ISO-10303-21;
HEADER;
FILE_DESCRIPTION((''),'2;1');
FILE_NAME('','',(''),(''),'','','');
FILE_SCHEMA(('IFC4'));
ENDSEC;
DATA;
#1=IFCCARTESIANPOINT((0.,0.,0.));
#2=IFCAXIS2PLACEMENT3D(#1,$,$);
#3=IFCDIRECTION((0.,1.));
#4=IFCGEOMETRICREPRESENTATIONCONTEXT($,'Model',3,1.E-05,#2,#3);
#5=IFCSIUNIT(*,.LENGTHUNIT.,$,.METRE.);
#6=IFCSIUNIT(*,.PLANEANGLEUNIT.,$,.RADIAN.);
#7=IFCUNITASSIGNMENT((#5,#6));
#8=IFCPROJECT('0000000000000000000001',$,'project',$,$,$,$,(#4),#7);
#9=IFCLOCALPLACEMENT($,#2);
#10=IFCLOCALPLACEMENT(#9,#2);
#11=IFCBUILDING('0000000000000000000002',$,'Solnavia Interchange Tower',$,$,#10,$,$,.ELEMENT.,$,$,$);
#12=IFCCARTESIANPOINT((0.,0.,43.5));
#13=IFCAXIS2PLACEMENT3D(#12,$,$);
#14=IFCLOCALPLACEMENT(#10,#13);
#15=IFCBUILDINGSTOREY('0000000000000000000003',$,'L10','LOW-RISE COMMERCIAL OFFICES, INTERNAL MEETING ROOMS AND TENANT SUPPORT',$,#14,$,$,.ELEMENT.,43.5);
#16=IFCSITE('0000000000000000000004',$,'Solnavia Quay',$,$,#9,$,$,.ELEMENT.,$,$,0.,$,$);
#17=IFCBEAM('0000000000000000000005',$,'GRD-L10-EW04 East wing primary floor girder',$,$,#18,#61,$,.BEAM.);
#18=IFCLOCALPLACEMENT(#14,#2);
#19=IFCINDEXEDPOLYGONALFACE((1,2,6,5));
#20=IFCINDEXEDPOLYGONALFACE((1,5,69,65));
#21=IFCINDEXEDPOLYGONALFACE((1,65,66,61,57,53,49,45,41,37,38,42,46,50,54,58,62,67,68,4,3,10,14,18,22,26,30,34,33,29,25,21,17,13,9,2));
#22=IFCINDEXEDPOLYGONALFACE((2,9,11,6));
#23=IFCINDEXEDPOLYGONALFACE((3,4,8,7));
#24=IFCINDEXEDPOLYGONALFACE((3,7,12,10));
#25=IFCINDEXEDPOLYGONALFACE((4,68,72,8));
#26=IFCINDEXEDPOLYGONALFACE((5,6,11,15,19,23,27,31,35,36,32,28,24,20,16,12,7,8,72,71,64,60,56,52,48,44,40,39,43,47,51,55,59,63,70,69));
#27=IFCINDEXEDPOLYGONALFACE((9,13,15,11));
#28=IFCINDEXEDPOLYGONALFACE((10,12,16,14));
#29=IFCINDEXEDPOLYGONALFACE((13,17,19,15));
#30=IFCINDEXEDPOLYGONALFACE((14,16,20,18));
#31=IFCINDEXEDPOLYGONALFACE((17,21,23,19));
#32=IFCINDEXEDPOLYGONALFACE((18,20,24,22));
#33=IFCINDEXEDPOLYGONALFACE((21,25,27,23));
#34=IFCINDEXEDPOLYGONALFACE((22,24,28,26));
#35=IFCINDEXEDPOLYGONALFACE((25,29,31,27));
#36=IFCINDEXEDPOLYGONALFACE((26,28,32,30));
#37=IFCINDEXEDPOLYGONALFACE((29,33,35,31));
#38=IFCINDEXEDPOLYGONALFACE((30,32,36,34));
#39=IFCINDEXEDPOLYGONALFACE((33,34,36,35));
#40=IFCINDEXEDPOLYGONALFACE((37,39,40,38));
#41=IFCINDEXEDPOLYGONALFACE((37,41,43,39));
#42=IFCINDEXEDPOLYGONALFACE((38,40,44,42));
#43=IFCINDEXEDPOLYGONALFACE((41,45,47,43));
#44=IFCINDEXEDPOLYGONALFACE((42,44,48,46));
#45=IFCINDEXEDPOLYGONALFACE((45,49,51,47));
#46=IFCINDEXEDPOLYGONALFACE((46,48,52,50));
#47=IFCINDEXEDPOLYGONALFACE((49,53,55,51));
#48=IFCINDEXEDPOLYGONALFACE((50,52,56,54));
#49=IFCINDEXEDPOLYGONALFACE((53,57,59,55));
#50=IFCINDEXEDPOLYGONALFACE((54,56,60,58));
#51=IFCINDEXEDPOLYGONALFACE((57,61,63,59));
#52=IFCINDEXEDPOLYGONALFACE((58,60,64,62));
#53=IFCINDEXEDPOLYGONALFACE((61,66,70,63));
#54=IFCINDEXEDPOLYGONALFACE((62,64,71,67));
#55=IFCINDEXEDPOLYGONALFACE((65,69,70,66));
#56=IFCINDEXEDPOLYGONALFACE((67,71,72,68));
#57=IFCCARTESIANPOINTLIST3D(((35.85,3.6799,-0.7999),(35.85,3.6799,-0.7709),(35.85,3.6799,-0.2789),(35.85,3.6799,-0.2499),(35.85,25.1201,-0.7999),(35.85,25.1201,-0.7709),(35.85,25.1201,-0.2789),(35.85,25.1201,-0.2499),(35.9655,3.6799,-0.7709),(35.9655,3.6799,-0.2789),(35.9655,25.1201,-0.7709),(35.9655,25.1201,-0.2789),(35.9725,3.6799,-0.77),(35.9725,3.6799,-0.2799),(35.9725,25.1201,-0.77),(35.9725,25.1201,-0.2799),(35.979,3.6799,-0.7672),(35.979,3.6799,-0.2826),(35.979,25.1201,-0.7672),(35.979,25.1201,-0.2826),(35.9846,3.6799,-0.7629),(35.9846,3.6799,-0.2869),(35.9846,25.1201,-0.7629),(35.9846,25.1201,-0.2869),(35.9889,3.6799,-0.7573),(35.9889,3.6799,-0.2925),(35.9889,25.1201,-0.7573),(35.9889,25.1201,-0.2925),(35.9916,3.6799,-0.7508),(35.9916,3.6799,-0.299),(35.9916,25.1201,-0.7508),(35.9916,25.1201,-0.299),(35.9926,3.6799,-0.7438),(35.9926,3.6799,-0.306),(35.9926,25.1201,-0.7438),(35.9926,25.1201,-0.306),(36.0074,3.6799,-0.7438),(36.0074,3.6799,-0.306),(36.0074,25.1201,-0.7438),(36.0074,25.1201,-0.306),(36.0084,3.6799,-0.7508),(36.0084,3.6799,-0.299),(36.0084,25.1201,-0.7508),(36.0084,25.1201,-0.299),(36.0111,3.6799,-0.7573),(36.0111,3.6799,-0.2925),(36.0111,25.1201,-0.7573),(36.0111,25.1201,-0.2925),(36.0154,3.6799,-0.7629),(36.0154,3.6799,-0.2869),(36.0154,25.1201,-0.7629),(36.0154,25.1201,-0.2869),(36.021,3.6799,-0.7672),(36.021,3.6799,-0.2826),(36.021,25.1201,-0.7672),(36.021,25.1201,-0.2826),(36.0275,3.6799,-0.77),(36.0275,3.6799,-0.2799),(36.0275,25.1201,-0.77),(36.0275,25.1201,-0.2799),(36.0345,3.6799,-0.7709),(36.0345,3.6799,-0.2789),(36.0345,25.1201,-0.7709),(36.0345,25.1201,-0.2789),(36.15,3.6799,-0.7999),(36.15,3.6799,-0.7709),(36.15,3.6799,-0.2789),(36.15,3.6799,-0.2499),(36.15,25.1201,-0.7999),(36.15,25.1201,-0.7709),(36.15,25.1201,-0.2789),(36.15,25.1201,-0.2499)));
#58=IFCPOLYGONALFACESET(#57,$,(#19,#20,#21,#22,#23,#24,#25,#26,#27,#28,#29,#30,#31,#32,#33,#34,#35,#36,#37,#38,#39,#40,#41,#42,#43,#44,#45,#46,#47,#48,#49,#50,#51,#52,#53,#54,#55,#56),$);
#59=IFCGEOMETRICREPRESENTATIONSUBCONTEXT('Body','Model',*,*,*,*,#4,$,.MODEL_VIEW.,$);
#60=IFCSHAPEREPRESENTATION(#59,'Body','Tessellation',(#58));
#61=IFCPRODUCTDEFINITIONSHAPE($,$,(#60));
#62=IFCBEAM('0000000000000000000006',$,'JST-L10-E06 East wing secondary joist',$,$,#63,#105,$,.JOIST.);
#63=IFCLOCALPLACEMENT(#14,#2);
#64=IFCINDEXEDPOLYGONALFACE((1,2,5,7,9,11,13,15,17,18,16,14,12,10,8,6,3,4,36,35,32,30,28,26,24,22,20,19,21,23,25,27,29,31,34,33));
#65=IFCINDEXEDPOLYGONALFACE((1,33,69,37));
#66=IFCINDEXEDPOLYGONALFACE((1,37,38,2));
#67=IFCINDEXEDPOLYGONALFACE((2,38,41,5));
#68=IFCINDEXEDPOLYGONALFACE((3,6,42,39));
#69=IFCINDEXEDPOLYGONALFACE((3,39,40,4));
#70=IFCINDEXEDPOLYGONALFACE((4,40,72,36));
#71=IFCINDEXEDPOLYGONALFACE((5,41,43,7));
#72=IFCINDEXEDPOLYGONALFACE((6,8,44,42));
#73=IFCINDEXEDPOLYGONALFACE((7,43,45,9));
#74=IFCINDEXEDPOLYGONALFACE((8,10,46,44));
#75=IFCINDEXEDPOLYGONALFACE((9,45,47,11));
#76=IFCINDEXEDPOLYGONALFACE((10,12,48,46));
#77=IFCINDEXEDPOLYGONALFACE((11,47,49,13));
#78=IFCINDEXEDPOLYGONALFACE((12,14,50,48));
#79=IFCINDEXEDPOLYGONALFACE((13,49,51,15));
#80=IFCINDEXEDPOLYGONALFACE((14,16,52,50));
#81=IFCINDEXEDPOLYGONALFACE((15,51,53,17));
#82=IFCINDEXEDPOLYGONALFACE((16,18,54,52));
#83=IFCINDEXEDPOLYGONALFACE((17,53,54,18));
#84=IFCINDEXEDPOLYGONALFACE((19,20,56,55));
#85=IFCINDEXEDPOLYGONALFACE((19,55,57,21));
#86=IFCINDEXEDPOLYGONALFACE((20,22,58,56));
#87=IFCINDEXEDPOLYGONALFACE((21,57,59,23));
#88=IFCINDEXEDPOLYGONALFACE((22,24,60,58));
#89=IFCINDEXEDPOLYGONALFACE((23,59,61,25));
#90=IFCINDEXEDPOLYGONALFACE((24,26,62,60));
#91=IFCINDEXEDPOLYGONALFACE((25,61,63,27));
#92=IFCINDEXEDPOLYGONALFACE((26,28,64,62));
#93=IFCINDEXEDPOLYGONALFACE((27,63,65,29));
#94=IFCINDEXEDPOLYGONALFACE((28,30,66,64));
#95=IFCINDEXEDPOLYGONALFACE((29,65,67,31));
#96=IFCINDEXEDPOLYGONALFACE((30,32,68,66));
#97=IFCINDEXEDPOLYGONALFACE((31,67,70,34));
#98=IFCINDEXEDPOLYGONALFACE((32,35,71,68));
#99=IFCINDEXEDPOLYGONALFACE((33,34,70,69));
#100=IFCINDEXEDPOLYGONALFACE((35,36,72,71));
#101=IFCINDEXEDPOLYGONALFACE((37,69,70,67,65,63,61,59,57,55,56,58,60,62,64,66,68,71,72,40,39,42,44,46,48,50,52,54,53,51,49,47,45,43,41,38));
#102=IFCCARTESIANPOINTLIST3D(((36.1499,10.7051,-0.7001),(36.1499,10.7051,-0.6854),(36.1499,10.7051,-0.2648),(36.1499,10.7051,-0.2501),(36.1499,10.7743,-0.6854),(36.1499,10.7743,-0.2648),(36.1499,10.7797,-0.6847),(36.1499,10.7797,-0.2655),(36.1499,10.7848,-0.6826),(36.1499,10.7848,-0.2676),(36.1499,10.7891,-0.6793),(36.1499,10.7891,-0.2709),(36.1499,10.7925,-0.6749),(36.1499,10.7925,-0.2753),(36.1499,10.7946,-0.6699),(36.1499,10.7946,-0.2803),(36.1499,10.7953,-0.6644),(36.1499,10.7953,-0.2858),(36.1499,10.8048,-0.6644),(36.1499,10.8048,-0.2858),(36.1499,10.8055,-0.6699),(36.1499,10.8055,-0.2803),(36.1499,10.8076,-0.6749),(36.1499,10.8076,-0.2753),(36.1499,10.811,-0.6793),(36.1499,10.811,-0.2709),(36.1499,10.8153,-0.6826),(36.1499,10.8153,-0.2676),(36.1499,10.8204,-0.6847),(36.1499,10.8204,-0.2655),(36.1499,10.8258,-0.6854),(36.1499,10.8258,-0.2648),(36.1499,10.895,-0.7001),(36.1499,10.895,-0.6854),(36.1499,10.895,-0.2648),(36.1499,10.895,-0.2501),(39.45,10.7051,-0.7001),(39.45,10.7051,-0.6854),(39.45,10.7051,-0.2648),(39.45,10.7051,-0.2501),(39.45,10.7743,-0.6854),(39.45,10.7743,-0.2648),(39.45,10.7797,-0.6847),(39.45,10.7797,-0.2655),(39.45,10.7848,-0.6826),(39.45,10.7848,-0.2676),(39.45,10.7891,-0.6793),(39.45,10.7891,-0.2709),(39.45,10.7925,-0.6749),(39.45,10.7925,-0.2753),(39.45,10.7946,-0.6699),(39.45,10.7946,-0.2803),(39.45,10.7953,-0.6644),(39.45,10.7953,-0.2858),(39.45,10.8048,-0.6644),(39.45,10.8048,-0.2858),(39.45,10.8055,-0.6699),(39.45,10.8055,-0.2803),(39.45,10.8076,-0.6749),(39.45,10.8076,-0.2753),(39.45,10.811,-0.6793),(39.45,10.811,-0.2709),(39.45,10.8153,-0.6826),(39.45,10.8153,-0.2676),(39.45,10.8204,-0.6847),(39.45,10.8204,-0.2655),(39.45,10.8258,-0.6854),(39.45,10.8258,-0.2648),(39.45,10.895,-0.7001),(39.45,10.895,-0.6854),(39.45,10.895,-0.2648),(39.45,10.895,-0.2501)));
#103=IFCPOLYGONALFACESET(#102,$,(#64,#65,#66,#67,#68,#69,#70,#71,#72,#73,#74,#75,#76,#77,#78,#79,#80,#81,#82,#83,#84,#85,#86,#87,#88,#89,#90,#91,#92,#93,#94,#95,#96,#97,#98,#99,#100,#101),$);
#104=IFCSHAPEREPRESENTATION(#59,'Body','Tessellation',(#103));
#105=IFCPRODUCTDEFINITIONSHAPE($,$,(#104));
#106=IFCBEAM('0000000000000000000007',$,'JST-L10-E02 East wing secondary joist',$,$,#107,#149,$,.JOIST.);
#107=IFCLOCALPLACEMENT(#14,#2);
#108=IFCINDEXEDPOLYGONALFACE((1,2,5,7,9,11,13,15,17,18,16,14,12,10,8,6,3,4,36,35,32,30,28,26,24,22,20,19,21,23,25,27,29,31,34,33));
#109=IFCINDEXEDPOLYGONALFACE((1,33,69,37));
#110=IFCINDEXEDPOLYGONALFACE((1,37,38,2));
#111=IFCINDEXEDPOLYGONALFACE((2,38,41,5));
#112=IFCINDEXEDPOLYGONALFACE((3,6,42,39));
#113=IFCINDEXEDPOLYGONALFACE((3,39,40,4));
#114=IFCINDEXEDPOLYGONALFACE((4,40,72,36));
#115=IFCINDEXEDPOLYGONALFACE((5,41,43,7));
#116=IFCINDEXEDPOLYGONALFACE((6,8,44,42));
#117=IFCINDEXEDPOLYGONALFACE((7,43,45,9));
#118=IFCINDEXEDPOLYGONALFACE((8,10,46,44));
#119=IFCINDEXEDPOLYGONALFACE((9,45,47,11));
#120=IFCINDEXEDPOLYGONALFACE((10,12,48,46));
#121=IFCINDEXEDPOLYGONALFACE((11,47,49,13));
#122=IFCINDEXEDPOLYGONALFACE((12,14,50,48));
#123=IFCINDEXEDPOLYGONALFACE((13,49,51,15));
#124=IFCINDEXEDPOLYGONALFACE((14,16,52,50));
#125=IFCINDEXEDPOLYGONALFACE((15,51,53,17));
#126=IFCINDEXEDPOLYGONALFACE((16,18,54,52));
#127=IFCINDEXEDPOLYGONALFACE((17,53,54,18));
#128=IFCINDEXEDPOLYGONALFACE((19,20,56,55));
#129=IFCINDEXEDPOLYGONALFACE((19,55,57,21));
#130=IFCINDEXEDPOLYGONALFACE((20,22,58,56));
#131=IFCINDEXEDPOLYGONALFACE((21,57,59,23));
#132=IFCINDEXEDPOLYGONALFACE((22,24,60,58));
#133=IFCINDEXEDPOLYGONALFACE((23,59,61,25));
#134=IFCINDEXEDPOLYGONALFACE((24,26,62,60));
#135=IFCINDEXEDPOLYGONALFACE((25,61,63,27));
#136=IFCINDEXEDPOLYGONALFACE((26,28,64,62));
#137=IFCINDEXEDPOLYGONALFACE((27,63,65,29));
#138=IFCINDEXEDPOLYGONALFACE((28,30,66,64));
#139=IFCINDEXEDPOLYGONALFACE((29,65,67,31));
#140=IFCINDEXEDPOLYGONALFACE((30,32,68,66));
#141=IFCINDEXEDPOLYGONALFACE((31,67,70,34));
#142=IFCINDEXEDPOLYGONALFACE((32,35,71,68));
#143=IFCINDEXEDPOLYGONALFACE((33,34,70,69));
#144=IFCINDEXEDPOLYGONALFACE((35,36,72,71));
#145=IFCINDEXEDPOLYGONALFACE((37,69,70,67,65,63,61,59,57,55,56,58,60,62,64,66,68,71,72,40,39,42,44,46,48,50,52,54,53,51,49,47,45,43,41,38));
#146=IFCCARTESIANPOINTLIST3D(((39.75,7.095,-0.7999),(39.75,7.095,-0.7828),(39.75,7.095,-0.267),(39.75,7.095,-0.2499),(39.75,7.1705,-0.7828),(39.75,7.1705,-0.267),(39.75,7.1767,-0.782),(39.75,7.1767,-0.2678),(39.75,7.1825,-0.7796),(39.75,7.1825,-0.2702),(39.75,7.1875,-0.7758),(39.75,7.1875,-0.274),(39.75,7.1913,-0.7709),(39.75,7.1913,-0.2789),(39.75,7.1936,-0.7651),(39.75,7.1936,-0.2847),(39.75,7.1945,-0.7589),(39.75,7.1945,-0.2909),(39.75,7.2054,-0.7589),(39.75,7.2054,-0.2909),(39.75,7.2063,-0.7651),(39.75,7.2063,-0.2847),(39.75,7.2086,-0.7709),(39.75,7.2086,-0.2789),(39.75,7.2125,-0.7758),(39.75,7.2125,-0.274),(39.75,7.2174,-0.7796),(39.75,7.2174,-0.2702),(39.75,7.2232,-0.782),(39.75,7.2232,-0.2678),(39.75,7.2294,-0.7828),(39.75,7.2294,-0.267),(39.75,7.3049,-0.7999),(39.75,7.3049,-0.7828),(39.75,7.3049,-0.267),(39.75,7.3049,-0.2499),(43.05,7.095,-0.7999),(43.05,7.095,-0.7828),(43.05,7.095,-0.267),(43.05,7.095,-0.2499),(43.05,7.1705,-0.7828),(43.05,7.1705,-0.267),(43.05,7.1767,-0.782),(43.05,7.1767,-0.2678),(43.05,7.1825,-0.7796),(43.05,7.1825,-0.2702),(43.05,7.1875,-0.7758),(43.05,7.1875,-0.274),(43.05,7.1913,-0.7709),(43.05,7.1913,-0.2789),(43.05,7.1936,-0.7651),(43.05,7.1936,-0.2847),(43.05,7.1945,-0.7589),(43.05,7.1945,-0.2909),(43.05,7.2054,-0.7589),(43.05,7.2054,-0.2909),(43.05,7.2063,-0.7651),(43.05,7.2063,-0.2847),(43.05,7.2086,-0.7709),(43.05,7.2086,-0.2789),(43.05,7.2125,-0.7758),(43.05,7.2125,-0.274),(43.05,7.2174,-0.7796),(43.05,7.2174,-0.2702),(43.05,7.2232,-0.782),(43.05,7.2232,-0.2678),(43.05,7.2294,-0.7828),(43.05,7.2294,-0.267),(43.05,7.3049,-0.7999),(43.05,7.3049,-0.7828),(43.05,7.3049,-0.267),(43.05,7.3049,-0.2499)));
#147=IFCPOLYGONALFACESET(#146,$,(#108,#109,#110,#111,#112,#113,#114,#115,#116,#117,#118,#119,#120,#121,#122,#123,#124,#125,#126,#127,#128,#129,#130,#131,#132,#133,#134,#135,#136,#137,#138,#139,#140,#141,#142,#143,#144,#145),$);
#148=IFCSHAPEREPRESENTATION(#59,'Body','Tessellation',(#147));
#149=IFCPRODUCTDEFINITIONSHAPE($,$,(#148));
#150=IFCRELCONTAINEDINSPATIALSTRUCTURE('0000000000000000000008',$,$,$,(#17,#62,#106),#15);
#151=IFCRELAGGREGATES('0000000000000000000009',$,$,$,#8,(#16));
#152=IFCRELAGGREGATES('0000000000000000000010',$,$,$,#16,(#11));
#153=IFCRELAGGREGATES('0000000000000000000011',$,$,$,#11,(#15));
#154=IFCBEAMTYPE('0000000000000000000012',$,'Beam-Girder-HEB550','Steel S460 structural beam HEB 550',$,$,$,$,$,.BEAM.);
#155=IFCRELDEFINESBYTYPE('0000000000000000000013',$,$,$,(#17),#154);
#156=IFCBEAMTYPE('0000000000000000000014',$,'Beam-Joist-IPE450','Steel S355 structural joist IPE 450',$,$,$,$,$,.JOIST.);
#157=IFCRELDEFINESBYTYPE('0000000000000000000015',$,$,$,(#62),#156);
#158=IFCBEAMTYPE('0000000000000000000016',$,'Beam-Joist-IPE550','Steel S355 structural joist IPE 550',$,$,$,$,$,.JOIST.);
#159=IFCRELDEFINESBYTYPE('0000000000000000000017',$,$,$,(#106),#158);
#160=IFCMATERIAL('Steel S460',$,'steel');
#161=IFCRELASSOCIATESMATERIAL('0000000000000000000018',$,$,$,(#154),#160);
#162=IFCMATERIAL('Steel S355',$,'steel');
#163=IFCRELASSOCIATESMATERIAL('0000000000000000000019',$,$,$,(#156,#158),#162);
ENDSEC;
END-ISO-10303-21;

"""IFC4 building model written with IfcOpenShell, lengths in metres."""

from ifc_helpers import new_model, si_unit, direction, frame, origin, origin_2d, place, context, subcontext, project, spatial, i_section, extrude, material, material_profile, profile_set, type_object, element, save


model = new_model("IFC4")

# Units and contexts
model_context = context("Model", 3, precision=1e-05, world=origin(), true_north=direction((0.0, 1.0)))
body_context = subcontext(model_context, "Body", "Model", "MODEL_VIEW")
ifc_project = project(units=[si_unit("LENGTHUNIT", "METRE"), si_unit("PLANEANGLEUNIT", "RADIAN")], contexts=[model_context])

# Site, building, storey
site_placement = place(None, origin())
site = spatial("IfcSite", under=ifc_project, at=site_placement, Name="Solnavia Quay", CompositionType="ELEMENT", RefElevation=0.0)
building_placement = place(site_placement, origin())
building = spatial("IfcBuilding", under=site, at=building_placement, Name="Solnavia Interchange Tower", CompositionType="ELEMENT")
storey_placement = place(building_placement, frame((0.0, 0.0, 43.5)))
storey = spatial("IfcBuildingStorey", under=building, at=storey_placement, Name="L10", Description="LOW-RISE COMMERCIAL OFFICES, INTERNAL MEETING ROOMS AND TENANT SUPPORT", CompositionType="ELEMENT", Elevation=43.5)

# Shared definitions
ifc_material_1 = material(Name="Steel S355", Category="steel")

# Beams
ifc_material_2 = material(Name="Steel S460", Category="steel")
ifc_material_profile_1 = material_profile(ifc_material_2, i_section(OverallWidth=0.3, OverallDepth=0.55, WebThickness=0.0149, FlangeThickness=0.0291, FilletRadius=0.0271, at=origin_2d()), Name="HEB 550")
ifc_profile_set_1 = profile_set([ifc_material_profile_1], Name="Steel S460")
beam_type_1 = type_object("IfcBeamType", Name="Beam-Girder-HEB550", Description="Steel S460 structural beam HEB 550", PredefinedType="BEAM", material=ifc_profile_set_1)
beam_1_placement = place(storey_placement, frame((36.0, 3.6799, -0.5249), z_axis=(0.0, 1.0, 0.0), x_axis=(-1.0, 0.0, 0.0)))
element("IfcBeam", 1, at=beam_1_placement, inside=storey, type_object=beam_type_1, Name="GRD-L10-EW04 East wing primary floor girder", PredefinedType="BEAM", context=body_context, shape_type="SweptSolid", body=[
    extrude(i_section(OverallWidth=0.3, OverallDepth=0.55, WebThickness=0.0149, FlangeThickness=0.0291, FilletRadius=0.0271, at=origin_2d()), origin(), (0.0, 0.0, 1.0), 21.4402),
])
ifc_material_profile_2 = material_profile(ifc_material_1, i_section(OverallWidth=0.1899, OverallDepth=0.45, WebThickness=0.0095, FlangeThickness=0.0146, FilletRadius=0.021, at=origin_2d()), Name="IPE 450")
ifc_profile_set_2 = profile_set([ifc_material_profile_2], Name="Steel S355")
beam_type_2 = type_object("IfcBeamType", Name="Beam-Joist-IPE450", Description="Steel S355 structural joist IPE 450", PredefinedType="JOIST", material=ifc_profile_set_2)
beam_2_placement = place(storey_placement, frame((36.1499, 10.8, -0.4751), z_axis=(1.0, 0.0, 0.0), x_axis=(0.0, 1.0, 0.0)))
element("IfcBeam", 2, at=beam_2_placement, inside=storey, type_object=beam_type_2, Name="JST-L10-E06 East wing secondary joist", PredefinedType="JOIST", context=body_context, shape_type="SweptSolid", body=[
    extrude(i_section(OverallWidth=0.1899, OverallDepth=0.45, WebThickness=0.0095, FlangeThickness=0.0146, FilletRadius=0.021, at=origin_2d()), origin(), (0.0, 0.0, 1.0), 3.3),
])
ifc_material_profile_3 = material_profile(ifc_material_1, i_section(OverallWidth=0.21, OverallDepth=0.55, WebThickness=0.011, FlangeThickness=0.0171, FilletRadius=0.0239, at=origin_2d()), Name="IPE 550")
ifc_profile_set_3 = profile_set([ifc_material_profile_3], Name="Steel S355")
beam_type_3 = type_object("IfcBeamType", Name="Beam-Joist-IPE550", Description="Steel S355 structural joist IPE 550", PredefinedType="JOIST", material=ifc_profile_set_3)
beam_3_placement = place(storey_placement, frame((39.75, 7.2, -0.5249), z_axis=(1.0, 0.0, 0.0), x_axis=(0.0, 1.0, 0.0)))
element("IfcBeam", 3, at=beam_3_placement, inside=storey, type_object=beam_type_3, Name="JST-L10-E02 East wing secondary joist", PredefinedType="JOIST", context=body_context, shape_type="SweptSolid", body=[
    extrude(i_section(OverallWidth=0.21, OverallDepth=0.55, WebThickness=0.011, FlangeThickness=0.0171, FilletRadius=0.0239, at=origin_2d()), origin(), (0.0, 0.0, 1.0), 3.3),
])

save(model, "model.ifc")
